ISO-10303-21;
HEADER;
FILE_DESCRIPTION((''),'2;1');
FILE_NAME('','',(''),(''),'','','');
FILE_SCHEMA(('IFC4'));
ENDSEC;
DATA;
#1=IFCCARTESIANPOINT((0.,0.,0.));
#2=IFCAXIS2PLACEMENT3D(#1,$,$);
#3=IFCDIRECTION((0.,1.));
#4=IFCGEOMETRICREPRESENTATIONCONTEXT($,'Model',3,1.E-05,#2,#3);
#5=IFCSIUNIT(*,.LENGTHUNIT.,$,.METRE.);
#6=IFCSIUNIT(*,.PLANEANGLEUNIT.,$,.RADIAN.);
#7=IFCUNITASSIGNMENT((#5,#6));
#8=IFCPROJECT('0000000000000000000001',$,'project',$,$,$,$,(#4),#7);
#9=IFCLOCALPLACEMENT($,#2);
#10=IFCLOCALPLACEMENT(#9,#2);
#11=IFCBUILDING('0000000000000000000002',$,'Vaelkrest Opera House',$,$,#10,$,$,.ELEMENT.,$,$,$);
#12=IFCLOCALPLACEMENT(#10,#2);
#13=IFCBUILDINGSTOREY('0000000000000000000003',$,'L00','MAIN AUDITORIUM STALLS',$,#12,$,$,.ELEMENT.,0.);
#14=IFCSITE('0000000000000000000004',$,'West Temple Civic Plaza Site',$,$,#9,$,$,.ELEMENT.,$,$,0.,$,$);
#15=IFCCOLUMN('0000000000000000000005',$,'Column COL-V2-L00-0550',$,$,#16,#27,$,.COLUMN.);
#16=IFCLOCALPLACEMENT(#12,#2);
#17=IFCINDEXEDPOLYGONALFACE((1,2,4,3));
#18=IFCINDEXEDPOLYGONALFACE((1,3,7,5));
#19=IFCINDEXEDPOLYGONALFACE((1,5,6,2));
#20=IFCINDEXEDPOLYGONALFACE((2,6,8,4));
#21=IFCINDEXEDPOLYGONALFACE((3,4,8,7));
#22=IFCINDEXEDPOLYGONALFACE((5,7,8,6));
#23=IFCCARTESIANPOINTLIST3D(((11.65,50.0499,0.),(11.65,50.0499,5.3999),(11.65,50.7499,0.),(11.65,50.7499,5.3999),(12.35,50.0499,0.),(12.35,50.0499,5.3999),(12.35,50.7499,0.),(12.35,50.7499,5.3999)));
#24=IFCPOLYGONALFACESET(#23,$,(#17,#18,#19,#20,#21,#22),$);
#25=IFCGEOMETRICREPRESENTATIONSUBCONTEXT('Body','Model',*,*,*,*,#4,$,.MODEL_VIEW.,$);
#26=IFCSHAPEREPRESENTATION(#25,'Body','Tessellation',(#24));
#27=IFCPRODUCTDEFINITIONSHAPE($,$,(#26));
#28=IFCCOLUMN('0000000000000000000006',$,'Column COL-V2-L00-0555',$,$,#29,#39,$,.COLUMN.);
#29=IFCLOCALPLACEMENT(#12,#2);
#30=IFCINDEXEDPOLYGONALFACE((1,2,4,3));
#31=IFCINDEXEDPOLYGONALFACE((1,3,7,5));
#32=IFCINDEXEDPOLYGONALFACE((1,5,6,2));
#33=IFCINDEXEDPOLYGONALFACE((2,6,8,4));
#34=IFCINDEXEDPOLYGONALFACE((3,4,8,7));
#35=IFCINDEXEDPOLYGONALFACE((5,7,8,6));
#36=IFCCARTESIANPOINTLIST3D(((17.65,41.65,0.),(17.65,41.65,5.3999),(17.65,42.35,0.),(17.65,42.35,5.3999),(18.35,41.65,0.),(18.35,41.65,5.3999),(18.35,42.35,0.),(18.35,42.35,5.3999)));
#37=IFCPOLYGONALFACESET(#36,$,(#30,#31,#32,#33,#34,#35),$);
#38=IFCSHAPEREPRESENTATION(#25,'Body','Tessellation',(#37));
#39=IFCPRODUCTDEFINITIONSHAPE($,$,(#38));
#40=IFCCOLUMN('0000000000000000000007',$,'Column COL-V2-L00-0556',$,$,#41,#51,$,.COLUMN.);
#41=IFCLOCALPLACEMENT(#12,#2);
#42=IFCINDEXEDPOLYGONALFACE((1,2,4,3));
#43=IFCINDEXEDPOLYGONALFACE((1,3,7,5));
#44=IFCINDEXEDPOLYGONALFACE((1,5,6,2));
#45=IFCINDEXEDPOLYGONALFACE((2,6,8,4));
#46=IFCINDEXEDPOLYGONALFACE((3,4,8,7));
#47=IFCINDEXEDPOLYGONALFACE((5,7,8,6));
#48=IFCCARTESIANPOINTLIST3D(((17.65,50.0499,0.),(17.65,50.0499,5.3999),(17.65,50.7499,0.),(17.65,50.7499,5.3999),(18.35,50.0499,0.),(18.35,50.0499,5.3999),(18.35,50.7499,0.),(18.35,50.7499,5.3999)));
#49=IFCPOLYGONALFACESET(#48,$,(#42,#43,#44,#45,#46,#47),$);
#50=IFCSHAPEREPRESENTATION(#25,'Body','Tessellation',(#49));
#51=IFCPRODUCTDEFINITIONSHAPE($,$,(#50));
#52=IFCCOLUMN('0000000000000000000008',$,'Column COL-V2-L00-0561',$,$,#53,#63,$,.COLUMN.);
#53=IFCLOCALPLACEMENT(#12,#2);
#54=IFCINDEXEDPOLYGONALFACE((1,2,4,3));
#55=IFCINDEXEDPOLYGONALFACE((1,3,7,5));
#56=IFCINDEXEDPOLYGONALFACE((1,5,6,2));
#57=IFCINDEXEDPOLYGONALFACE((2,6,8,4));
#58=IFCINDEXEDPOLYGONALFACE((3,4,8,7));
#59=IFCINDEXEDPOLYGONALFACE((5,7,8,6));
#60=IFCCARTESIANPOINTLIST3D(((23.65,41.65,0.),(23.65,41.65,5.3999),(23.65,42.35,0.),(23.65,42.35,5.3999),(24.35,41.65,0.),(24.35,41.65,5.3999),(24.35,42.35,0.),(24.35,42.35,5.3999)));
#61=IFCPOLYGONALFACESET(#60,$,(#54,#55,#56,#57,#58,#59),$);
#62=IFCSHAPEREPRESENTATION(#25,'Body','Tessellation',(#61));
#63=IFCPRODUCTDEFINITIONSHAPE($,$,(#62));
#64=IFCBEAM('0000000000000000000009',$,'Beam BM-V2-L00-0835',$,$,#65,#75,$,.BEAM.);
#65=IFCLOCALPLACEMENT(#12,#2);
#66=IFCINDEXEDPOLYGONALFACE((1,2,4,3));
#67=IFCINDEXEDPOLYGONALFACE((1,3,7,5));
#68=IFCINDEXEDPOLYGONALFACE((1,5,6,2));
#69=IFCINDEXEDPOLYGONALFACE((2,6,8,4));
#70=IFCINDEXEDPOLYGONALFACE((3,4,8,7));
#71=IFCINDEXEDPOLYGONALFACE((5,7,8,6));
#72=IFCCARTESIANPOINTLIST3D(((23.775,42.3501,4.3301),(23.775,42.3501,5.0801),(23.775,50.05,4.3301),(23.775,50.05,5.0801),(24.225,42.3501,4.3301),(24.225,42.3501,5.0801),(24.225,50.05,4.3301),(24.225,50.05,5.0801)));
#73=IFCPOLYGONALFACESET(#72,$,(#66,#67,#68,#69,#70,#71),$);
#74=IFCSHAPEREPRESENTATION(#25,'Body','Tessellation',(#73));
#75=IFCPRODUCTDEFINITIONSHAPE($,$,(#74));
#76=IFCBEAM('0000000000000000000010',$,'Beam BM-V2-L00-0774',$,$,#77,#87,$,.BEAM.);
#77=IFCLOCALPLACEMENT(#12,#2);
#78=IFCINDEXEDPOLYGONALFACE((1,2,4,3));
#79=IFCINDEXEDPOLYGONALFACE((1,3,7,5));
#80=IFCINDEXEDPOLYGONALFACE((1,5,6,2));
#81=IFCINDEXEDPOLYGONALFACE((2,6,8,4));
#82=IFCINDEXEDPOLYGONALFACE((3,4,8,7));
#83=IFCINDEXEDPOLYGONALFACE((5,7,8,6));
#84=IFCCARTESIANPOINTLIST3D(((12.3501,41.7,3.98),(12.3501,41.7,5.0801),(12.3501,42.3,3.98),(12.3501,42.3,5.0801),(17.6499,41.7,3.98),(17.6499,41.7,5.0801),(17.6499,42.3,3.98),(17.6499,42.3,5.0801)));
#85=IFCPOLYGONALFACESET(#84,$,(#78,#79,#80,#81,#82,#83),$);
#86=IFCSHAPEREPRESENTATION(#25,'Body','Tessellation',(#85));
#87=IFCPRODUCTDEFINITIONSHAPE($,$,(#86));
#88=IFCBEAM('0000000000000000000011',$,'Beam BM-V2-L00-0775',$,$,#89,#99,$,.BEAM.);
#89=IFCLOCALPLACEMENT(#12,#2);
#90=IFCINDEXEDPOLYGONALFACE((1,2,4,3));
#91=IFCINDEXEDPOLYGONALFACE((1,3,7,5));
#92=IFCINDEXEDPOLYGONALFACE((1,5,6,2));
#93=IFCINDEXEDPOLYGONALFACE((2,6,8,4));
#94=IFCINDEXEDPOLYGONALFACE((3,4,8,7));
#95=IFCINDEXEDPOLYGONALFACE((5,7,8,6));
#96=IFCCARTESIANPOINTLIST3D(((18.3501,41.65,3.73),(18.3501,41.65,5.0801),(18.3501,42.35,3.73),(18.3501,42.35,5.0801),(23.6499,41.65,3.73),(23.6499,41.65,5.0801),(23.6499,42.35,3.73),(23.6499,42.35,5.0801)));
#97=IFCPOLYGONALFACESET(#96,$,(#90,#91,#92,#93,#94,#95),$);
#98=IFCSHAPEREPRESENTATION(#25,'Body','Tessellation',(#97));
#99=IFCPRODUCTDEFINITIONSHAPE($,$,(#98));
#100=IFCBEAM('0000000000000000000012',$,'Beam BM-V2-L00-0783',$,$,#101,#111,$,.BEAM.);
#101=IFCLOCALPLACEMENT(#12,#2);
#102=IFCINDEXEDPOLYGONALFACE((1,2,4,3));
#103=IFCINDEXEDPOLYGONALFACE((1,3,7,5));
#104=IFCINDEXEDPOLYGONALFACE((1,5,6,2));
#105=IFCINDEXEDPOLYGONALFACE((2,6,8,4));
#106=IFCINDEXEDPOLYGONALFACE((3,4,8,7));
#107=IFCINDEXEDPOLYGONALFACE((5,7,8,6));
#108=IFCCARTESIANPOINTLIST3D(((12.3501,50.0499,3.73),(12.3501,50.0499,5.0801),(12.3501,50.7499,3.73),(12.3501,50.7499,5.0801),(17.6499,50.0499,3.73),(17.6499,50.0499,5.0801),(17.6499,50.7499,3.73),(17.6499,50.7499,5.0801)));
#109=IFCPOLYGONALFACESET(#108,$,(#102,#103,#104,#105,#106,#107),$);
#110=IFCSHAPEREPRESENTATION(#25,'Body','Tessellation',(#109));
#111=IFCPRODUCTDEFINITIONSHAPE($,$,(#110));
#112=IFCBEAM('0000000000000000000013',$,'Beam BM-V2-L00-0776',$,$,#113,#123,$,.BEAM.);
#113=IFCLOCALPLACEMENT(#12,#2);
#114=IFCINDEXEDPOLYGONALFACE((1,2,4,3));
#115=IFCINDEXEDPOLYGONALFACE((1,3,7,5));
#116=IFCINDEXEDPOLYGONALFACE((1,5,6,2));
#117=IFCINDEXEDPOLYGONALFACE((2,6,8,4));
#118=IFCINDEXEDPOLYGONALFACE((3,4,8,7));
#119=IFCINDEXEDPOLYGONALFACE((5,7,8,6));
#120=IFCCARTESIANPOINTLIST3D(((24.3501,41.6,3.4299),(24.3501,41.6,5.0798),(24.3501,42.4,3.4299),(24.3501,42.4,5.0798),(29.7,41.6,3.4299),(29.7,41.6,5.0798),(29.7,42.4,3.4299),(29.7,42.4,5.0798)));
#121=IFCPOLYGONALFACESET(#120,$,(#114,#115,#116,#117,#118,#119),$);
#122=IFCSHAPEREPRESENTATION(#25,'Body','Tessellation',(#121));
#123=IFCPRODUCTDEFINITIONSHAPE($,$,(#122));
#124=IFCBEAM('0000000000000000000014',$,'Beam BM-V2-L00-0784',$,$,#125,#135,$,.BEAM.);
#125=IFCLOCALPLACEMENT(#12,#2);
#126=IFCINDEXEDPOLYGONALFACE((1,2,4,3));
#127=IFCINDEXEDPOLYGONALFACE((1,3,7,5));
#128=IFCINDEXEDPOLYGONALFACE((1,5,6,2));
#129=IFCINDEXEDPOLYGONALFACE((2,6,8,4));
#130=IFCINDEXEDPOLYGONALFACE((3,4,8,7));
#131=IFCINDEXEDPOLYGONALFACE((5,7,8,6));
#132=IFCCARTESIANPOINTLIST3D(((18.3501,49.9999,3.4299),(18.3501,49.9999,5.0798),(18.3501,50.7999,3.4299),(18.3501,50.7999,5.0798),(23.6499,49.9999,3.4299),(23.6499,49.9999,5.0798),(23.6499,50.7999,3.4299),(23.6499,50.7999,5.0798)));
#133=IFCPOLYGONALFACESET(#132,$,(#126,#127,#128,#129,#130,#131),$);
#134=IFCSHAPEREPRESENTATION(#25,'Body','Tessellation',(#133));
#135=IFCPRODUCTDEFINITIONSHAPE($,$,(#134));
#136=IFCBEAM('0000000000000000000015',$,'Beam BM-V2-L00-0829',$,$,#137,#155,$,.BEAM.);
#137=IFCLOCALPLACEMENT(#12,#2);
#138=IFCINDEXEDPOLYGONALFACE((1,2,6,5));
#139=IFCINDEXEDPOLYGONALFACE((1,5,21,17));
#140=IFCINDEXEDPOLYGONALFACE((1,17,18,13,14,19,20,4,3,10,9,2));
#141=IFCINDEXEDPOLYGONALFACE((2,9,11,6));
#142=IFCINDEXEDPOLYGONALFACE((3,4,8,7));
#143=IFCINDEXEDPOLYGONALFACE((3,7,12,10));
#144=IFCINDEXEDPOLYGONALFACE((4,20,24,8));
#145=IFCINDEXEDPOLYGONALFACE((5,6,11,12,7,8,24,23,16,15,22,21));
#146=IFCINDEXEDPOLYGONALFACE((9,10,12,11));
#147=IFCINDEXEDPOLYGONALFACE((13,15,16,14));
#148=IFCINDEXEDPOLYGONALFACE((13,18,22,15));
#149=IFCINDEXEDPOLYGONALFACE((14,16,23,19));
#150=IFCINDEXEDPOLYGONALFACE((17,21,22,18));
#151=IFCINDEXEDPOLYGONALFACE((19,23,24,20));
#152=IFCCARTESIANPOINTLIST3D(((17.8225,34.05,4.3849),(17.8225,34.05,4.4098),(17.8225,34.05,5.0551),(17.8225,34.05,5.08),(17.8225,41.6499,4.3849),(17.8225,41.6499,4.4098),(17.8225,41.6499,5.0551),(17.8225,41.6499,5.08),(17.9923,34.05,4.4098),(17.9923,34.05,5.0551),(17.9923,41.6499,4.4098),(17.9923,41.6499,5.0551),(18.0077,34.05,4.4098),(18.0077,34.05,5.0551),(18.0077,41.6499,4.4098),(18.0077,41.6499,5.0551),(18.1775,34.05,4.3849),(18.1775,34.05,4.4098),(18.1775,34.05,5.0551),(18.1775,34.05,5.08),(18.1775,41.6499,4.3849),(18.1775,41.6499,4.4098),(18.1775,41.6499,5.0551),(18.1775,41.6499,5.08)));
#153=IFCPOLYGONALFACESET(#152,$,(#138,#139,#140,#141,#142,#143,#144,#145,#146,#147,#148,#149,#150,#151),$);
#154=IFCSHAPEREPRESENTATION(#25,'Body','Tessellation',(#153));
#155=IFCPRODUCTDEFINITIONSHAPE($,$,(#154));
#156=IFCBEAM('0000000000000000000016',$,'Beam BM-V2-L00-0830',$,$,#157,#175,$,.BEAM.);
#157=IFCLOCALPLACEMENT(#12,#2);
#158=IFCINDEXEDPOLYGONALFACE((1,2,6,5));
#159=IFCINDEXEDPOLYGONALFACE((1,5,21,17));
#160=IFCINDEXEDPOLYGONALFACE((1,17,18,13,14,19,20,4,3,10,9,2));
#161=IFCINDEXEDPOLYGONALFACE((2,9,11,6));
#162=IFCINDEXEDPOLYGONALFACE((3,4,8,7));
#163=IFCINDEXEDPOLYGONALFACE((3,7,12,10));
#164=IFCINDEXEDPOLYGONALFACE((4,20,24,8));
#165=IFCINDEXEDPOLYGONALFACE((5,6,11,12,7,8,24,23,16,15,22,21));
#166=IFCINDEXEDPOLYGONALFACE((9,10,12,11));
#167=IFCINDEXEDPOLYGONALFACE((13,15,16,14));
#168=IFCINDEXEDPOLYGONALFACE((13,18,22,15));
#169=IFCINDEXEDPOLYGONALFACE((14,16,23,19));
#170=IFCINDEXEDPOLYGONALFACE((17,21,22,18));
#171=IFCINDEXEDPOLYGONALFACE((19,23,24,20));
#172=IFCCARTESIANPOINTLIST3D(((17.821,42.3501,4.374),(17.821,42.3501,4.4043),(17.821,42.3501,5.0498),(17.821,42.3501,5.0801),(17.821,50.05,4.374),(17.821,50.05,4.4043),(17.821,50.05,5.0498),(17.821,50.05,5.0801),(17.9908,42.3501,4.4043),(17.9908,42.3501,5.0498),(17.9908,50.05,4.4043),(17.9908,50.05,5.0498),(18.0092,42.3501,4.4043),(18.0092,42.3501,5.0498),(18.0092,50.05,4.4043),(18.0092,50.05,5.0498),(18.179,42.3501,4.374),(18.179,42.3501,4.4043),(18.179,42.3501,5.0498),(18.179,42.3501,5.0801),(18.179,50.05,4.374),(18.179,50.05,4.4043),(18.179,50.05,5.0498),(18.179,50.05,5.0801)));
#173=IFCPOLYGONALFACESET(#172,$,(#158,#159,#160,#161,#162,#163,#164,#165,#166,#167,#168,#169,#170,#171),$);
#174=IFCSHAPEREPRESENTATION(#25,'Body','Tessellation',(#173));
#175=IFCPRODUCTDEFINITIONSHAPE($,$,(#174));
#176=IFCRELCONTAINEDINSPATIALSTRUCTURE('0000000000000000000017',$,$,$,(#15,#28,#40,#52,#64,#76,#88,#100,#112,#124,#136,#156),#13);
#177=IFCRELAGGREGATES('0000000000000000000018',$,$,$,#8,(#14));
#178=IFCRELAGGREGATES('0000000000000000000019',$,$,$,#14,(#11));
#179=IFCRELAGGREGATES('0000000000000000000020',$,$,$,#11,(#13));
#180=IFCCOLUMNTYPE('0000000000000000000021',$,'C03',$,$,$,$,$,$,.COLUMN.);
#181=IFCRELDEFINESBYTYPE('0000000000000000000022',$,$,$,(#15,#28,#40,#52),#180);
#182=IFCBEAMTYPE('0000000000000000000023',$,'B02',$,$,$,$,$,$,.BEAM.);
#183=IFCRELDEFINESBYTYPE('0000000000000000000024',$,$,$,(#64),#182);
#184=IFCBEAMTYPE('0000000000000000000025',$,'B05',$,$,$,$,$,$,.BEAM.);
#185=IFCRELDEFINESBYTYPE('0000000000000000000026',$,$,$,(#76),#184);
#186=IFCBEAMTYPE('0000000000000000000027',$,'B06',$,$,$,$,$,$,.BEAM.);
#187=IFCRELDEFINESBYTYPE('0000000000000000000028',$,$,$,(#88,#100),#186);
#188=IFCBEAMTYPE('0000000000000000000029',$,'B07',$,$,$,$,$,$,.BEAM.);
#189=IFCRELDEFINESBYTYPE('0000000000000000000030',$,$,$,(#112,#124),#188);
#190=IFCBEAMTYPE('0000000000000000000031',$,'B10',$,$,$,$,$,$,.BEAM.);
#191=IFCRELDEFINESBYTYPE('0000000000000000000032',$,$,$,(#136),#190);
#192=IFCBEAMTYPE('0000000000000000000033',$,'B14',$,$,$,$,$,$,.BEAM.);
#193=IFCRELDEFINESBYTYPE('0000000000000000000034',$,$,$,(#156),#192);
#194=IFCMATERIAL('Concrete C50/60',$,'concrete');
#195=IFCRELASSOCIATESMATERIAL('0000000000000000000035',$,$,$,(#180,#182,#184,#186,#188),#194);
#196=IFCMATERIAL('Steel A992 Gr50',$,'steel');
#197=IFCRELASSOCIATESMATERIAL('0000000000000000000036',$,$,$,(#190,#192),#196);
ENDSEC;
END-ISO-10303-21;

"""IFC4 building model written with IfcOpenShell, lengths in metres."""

from ifc_helpers import new_model, si_unit, direction, frame, origin, origin_2d, place, context, subcontext, project, spatial, rectangle, i_section, extrude, material, material_profile, profile_set, type_object, element, save


model = new_model("IFC4")

# Units and contexts
model_context = context("Model", 3, precision=1e-05, world=origin(), true_north=direction((0.0, 1.0)))
body_context = subcontext(model_context, "Body", "Model", "MODEL_VIEW")
ifc_project = project(units=[si_unit("LENGTHUNIT", "METRE"), si_unit("PLANEANGLEUNIT", "RADIAN")], contexts=[model_context])

# Site, building, storey
site_placement = place(None, origin())
site = spatial("IfcSite", under=ifc_project, at=site_placement, Name="West Temple Civic Plaza Site", CompositionType="ELEMENT", RefElevation=0.0)
building_placement = place(site_placement, origin())
building = spatial("IfcBuilding", under=site, at=building_placement, Name="Vaelkrest Opera House", CompositionType="ELEMENT")
storey_placement = place(building_placement, origin())
storey = spatial("IfcBuildingStorey", under=building, at=storey_placement, Name="L00", Description="MAIN AUDITORIUM STALLS", CompositionType="ELEMENT", Elevation=0.0)

# Columns
ifc_material_1 = material(Name="Concrete C50/60", Category="concrete")
ifc_material_profile_1 = material_profile(ifc_material_1, rectangle(XDim=0.7, YDim=0.7, at=origin_2d()), Name="RC700X700")
ifc_profile_set_1 = profile_set([ifc_material_profile_1], Name="Concrete C50/60")
column_type = type_object("IfcColumnType", Name="C03", PredefinedType="COLUMN", material=ifc_profile_set_1)
for number, where, z_axis, x_axis, name in (
    (1, (12.0, 50.3999, 0.0), (0.0, 0.0, 1.0), (1.0, 0.0, 0.0), "Column COL-V2-L00-0550"),
    (2, (18.0, 42.0, 0.0), (0.0, 0.0, 1.0), (1.0, 0.0, 0.0), "Column COL-V2-L00-0555"),
    (3, (18.0, 50.3999, 0.0), (0.0, 0.0, 1.0), (1.0, 0.0, 0.0), "Column COL-V2-L00-0556"),
    (4, (24.0, 42.0, 0.0), (0.0, 0.0, 1.0), (1.0, 0.0, 0.0), "Column COL-V2-L00-0561"),
):
    element("IfcColumn", number, at=place(storey_placement, frame(where, z_axis=z_axis, x_axis=x_axis)), inside=storey, type_object=column_type, Name=name, PredefinedType="COLUMN", context=body_context, shape_type="SweptSolid", body=[
        extrude(rectangle(XDim=0.7, YDim=0.7, at=origin_2d()), origin(), (0.0, 0.0, 1.0), 5.3999),
    ])

# Beams
ifc_material_profile_2 = material_profile(ifc_material_1, rectangle(XDim=0.45, YDim=0.75, at=origin_2d()), Name="RCB450X750")
ifc_profile_set_2 = profile_set([ifc_material_profile_2], Name="Concrete C50/60")
beam_type_1 = type_object("IfcBeamType", Name="B02", PredefinedType="BEAM", material=ifc_profile_set_2)
beam_1_placement = place(storey_placement, frame((24.0, 42.3501, 4.7051), z_axis=(0.0, 1.0, 0.0), x_axis=(-1.0, 0.0, 0.0)))
element("IfcBeam", 5, at=beam_1_placement, inside=storey, type_object=beam_type_1, Name="Beam BM-V2-L00-0835", PredefinedType="BEAM", context=body_context, shape_type="SweptSolid", body=[
    extrude(rectangle(XDim=0.45, YDim=0.75, at=origin_2d()), origin(), (0.0, 0.0, 1.0), 7.7),
])
ifc_material_profile_3 = material_profile(ifc_material_1, rectangle(XDim=0.6001, YDim=1.1001, at=origin_2d()), Name="RCB600X1100")
ifc_profile_set_3 = profile_set([ifc_material_profile_3], Name="Concrete C50/60")
beam_type_2 = type_object("IfcBeamType", Name="B05", PredefinedType="BEAM", material=ifc_profile_set_3)
beam_2_placement = place(storey_placement, frame((12.3501, 42.0, 4.53), z_axis=(1.0, 0.0, 0.0), x_axis=(0.0, 1.0, 0.0)))
element("IfcBeam", 6, at=beam_2_placement, inside=storey, type_object=beam_type_2, Name="Beam BM-V2-L00-0774", PredefinedType="BEAM", context=body_context, shape_type="SweptSolid", body=[
    extrude(rectangle(XDim=0.6001, YDim=1.1001, at=origin_2d()), origin(), (0.0, 0.0, 1.0), 5.2998),
])
ifc_material_profile_4 = material_profile(ifc_material_1, rectangle(XDim=0.7, YDim=1.3501, at=origin_2d()), Name="RCB700X1350")
ifc_profile_set_4 = profile_set([ifc_material_profile_4], Name="Concrete C50/60")
beam_type_3 = type_object("IfcBeamType", Name="B06", PredefinedType="BEAM", material=ifc_profile_set_4)
for number, where, z_axis, x_axis, name in (
    (7, (18.3501, 42.0, 4.405), (1.0, 0.0, 0.0), (0.0, 1.0, 0.0), "Beam BM-V2-L00-0775"),
    (8, (12.3501, 50.3999, 4.405), (1.0, 0.0, 0.0), (0.0, 1.0, 0.0), "Beam BM-V2-L00-0783"),
):
    element("IfcBeam", number, at=place(storey_placement, frame(where, z_axis=z_axis, x_axis=x_axis)), inside=storey, type_object=beam_type_3, Name=name, PredefinedType="BEAM", context=body_context, shape_type="SweptSolid", body=[
        extrude(rectangle(XDim=0.7, YDim=1.3501, at=origin_2d()), origin(), (0.0, 0.0, 1.0), 5.2998),
    ])
ifc_material_profile_5 = material_profile(ifc_material_1, rectangle(XDim=0.8, YDim=1.6499, at=origin_2d()), Name="RCB800X1650")
ifc_profile_set_5 = profile_set([ifc_material_profile_5], Name="Concrete C50/60")
beam_type_4 = type_object("IfcBeamType", Name="B07", PredefinedType="BEAM", material=ifc_profile_set_5)
beam_3_placement = place(storey_placement, frame((24.3501, 42.0, 4.2549), z_axis=(1.0, 0.0, 0.0), x_axis=(0.0, 1.0, 0.0)))
element("IfcBeam", 9, at=beam_3_placement, inside=storey, type_object=beam_type_4, Name="Beam BM-V2-L00-0776", PredefinedType="BEAM", context=body_context, shape_type="SweptSolid", body=[
    extrude(rectangle(XDim=0.8, YDim=1.6499, at=origin_2d()), origin(), (0.0, 0.0, 1.0), 5.3499),
])
beam_4_placement = place(storey_placement, frame((18.3501, 50.3999, 4.2549), z_axis=(1.0, 0.0, 0.0), x_axis=(0.0, 1.0, 0.0)))
element("IfcBeam", 10, at=beam_4_placement, inside=storey, type_object=beam_type_4, Name="Beam BM-V2-L00-0784", PredefinedType="BEAM", context=body_context, shape_type="SweptSolid", body=[
    extrude(rectangle(XDim=0.8, YDim=1.6499, at=origin_2d()), origin(), (0.0, 0.0, 1.0), 5.2998),
])
ifc_material_2 = material(Name="Steel A992 Gr50", Category="steel")
ifc_material_profile_6 = material_profile(ifc_material_2, i_section(OverallWidth=0.355, OverallDepth=0.6951, WebThickness=0.0154, FlangeThickness=0.0249, at=origin_2d()), Name="W27X146")
ifc_profile_set_6 = profile_set([ifc_material_profile_6], Name="Steel A992 Gr50")
beam_type_5 = type_object("IfcBeamType", Name="B10", PredefinedType="BEAM", material=ifc_profile_set_6)
beam_5_placement = place(storey_placement, frame((18.0, 34.05, 4.7324), z_axis=(0.0, 1.0, 0.0), x_axis=(-1.0, 0.0, 0.0)))
element("IfcBeam", 11, at=beam_5_placement, inside=storey, type_object=beam_type_5, Name="Beam BM-V2-L00-0829", PredefinedType="BEAM", context=body_context, shape_type="SweptSolid", body=[
    extrude(i_section(OverallWidth=0.355, OverallDepth=0.6951, WebThickness=0.0154, FlangeThickness=0.0249, at=origin_2d()), origin(), (0.0, 0.0, 1.0), 7.5999),
])
ifc_material_profile_7 = material_profile(ifc_material_2, i_section(OverallWidth=0.3579, OverallDepth=0.7061, WebThickness=0.0183, FlangeThickness=0.0303, at=origin_2d()), Name="W27X178")
ifc_profile_set_7 = profile_set([ifc_material_profile_7], Name="Steel A992 Gr50")
beam_type_6 = type_object("IfcBeamType", Name="B14", PredefinedType="BEAM", material=ifc_profile_set_7)
beam_6_placement = place(storey_placement, frame((18.0, 42.3501, 4.7271), z_axis=(0.0, 1.0, 0.0), x_axis=(-1.0, 0.0, 0.0)))
element("IfcBeam", 12, at=beam_6_placement, inside=storey, type_object=beam_type_6, Name="Beam BM-V2-L00-0830", PredefinedType="BEAM", context=body_context, shape_type="SweptSolid", body=[
    extrude(i_section(OverallWidth=0.3579, OverallDepth=0.7061, WebThickness=0.0183, FlangeThickness=0.0303, at=origin_2d()), origin(), (0.0, 0.0, 1.0), 7.7),
])

save(model, "model.ifc")
